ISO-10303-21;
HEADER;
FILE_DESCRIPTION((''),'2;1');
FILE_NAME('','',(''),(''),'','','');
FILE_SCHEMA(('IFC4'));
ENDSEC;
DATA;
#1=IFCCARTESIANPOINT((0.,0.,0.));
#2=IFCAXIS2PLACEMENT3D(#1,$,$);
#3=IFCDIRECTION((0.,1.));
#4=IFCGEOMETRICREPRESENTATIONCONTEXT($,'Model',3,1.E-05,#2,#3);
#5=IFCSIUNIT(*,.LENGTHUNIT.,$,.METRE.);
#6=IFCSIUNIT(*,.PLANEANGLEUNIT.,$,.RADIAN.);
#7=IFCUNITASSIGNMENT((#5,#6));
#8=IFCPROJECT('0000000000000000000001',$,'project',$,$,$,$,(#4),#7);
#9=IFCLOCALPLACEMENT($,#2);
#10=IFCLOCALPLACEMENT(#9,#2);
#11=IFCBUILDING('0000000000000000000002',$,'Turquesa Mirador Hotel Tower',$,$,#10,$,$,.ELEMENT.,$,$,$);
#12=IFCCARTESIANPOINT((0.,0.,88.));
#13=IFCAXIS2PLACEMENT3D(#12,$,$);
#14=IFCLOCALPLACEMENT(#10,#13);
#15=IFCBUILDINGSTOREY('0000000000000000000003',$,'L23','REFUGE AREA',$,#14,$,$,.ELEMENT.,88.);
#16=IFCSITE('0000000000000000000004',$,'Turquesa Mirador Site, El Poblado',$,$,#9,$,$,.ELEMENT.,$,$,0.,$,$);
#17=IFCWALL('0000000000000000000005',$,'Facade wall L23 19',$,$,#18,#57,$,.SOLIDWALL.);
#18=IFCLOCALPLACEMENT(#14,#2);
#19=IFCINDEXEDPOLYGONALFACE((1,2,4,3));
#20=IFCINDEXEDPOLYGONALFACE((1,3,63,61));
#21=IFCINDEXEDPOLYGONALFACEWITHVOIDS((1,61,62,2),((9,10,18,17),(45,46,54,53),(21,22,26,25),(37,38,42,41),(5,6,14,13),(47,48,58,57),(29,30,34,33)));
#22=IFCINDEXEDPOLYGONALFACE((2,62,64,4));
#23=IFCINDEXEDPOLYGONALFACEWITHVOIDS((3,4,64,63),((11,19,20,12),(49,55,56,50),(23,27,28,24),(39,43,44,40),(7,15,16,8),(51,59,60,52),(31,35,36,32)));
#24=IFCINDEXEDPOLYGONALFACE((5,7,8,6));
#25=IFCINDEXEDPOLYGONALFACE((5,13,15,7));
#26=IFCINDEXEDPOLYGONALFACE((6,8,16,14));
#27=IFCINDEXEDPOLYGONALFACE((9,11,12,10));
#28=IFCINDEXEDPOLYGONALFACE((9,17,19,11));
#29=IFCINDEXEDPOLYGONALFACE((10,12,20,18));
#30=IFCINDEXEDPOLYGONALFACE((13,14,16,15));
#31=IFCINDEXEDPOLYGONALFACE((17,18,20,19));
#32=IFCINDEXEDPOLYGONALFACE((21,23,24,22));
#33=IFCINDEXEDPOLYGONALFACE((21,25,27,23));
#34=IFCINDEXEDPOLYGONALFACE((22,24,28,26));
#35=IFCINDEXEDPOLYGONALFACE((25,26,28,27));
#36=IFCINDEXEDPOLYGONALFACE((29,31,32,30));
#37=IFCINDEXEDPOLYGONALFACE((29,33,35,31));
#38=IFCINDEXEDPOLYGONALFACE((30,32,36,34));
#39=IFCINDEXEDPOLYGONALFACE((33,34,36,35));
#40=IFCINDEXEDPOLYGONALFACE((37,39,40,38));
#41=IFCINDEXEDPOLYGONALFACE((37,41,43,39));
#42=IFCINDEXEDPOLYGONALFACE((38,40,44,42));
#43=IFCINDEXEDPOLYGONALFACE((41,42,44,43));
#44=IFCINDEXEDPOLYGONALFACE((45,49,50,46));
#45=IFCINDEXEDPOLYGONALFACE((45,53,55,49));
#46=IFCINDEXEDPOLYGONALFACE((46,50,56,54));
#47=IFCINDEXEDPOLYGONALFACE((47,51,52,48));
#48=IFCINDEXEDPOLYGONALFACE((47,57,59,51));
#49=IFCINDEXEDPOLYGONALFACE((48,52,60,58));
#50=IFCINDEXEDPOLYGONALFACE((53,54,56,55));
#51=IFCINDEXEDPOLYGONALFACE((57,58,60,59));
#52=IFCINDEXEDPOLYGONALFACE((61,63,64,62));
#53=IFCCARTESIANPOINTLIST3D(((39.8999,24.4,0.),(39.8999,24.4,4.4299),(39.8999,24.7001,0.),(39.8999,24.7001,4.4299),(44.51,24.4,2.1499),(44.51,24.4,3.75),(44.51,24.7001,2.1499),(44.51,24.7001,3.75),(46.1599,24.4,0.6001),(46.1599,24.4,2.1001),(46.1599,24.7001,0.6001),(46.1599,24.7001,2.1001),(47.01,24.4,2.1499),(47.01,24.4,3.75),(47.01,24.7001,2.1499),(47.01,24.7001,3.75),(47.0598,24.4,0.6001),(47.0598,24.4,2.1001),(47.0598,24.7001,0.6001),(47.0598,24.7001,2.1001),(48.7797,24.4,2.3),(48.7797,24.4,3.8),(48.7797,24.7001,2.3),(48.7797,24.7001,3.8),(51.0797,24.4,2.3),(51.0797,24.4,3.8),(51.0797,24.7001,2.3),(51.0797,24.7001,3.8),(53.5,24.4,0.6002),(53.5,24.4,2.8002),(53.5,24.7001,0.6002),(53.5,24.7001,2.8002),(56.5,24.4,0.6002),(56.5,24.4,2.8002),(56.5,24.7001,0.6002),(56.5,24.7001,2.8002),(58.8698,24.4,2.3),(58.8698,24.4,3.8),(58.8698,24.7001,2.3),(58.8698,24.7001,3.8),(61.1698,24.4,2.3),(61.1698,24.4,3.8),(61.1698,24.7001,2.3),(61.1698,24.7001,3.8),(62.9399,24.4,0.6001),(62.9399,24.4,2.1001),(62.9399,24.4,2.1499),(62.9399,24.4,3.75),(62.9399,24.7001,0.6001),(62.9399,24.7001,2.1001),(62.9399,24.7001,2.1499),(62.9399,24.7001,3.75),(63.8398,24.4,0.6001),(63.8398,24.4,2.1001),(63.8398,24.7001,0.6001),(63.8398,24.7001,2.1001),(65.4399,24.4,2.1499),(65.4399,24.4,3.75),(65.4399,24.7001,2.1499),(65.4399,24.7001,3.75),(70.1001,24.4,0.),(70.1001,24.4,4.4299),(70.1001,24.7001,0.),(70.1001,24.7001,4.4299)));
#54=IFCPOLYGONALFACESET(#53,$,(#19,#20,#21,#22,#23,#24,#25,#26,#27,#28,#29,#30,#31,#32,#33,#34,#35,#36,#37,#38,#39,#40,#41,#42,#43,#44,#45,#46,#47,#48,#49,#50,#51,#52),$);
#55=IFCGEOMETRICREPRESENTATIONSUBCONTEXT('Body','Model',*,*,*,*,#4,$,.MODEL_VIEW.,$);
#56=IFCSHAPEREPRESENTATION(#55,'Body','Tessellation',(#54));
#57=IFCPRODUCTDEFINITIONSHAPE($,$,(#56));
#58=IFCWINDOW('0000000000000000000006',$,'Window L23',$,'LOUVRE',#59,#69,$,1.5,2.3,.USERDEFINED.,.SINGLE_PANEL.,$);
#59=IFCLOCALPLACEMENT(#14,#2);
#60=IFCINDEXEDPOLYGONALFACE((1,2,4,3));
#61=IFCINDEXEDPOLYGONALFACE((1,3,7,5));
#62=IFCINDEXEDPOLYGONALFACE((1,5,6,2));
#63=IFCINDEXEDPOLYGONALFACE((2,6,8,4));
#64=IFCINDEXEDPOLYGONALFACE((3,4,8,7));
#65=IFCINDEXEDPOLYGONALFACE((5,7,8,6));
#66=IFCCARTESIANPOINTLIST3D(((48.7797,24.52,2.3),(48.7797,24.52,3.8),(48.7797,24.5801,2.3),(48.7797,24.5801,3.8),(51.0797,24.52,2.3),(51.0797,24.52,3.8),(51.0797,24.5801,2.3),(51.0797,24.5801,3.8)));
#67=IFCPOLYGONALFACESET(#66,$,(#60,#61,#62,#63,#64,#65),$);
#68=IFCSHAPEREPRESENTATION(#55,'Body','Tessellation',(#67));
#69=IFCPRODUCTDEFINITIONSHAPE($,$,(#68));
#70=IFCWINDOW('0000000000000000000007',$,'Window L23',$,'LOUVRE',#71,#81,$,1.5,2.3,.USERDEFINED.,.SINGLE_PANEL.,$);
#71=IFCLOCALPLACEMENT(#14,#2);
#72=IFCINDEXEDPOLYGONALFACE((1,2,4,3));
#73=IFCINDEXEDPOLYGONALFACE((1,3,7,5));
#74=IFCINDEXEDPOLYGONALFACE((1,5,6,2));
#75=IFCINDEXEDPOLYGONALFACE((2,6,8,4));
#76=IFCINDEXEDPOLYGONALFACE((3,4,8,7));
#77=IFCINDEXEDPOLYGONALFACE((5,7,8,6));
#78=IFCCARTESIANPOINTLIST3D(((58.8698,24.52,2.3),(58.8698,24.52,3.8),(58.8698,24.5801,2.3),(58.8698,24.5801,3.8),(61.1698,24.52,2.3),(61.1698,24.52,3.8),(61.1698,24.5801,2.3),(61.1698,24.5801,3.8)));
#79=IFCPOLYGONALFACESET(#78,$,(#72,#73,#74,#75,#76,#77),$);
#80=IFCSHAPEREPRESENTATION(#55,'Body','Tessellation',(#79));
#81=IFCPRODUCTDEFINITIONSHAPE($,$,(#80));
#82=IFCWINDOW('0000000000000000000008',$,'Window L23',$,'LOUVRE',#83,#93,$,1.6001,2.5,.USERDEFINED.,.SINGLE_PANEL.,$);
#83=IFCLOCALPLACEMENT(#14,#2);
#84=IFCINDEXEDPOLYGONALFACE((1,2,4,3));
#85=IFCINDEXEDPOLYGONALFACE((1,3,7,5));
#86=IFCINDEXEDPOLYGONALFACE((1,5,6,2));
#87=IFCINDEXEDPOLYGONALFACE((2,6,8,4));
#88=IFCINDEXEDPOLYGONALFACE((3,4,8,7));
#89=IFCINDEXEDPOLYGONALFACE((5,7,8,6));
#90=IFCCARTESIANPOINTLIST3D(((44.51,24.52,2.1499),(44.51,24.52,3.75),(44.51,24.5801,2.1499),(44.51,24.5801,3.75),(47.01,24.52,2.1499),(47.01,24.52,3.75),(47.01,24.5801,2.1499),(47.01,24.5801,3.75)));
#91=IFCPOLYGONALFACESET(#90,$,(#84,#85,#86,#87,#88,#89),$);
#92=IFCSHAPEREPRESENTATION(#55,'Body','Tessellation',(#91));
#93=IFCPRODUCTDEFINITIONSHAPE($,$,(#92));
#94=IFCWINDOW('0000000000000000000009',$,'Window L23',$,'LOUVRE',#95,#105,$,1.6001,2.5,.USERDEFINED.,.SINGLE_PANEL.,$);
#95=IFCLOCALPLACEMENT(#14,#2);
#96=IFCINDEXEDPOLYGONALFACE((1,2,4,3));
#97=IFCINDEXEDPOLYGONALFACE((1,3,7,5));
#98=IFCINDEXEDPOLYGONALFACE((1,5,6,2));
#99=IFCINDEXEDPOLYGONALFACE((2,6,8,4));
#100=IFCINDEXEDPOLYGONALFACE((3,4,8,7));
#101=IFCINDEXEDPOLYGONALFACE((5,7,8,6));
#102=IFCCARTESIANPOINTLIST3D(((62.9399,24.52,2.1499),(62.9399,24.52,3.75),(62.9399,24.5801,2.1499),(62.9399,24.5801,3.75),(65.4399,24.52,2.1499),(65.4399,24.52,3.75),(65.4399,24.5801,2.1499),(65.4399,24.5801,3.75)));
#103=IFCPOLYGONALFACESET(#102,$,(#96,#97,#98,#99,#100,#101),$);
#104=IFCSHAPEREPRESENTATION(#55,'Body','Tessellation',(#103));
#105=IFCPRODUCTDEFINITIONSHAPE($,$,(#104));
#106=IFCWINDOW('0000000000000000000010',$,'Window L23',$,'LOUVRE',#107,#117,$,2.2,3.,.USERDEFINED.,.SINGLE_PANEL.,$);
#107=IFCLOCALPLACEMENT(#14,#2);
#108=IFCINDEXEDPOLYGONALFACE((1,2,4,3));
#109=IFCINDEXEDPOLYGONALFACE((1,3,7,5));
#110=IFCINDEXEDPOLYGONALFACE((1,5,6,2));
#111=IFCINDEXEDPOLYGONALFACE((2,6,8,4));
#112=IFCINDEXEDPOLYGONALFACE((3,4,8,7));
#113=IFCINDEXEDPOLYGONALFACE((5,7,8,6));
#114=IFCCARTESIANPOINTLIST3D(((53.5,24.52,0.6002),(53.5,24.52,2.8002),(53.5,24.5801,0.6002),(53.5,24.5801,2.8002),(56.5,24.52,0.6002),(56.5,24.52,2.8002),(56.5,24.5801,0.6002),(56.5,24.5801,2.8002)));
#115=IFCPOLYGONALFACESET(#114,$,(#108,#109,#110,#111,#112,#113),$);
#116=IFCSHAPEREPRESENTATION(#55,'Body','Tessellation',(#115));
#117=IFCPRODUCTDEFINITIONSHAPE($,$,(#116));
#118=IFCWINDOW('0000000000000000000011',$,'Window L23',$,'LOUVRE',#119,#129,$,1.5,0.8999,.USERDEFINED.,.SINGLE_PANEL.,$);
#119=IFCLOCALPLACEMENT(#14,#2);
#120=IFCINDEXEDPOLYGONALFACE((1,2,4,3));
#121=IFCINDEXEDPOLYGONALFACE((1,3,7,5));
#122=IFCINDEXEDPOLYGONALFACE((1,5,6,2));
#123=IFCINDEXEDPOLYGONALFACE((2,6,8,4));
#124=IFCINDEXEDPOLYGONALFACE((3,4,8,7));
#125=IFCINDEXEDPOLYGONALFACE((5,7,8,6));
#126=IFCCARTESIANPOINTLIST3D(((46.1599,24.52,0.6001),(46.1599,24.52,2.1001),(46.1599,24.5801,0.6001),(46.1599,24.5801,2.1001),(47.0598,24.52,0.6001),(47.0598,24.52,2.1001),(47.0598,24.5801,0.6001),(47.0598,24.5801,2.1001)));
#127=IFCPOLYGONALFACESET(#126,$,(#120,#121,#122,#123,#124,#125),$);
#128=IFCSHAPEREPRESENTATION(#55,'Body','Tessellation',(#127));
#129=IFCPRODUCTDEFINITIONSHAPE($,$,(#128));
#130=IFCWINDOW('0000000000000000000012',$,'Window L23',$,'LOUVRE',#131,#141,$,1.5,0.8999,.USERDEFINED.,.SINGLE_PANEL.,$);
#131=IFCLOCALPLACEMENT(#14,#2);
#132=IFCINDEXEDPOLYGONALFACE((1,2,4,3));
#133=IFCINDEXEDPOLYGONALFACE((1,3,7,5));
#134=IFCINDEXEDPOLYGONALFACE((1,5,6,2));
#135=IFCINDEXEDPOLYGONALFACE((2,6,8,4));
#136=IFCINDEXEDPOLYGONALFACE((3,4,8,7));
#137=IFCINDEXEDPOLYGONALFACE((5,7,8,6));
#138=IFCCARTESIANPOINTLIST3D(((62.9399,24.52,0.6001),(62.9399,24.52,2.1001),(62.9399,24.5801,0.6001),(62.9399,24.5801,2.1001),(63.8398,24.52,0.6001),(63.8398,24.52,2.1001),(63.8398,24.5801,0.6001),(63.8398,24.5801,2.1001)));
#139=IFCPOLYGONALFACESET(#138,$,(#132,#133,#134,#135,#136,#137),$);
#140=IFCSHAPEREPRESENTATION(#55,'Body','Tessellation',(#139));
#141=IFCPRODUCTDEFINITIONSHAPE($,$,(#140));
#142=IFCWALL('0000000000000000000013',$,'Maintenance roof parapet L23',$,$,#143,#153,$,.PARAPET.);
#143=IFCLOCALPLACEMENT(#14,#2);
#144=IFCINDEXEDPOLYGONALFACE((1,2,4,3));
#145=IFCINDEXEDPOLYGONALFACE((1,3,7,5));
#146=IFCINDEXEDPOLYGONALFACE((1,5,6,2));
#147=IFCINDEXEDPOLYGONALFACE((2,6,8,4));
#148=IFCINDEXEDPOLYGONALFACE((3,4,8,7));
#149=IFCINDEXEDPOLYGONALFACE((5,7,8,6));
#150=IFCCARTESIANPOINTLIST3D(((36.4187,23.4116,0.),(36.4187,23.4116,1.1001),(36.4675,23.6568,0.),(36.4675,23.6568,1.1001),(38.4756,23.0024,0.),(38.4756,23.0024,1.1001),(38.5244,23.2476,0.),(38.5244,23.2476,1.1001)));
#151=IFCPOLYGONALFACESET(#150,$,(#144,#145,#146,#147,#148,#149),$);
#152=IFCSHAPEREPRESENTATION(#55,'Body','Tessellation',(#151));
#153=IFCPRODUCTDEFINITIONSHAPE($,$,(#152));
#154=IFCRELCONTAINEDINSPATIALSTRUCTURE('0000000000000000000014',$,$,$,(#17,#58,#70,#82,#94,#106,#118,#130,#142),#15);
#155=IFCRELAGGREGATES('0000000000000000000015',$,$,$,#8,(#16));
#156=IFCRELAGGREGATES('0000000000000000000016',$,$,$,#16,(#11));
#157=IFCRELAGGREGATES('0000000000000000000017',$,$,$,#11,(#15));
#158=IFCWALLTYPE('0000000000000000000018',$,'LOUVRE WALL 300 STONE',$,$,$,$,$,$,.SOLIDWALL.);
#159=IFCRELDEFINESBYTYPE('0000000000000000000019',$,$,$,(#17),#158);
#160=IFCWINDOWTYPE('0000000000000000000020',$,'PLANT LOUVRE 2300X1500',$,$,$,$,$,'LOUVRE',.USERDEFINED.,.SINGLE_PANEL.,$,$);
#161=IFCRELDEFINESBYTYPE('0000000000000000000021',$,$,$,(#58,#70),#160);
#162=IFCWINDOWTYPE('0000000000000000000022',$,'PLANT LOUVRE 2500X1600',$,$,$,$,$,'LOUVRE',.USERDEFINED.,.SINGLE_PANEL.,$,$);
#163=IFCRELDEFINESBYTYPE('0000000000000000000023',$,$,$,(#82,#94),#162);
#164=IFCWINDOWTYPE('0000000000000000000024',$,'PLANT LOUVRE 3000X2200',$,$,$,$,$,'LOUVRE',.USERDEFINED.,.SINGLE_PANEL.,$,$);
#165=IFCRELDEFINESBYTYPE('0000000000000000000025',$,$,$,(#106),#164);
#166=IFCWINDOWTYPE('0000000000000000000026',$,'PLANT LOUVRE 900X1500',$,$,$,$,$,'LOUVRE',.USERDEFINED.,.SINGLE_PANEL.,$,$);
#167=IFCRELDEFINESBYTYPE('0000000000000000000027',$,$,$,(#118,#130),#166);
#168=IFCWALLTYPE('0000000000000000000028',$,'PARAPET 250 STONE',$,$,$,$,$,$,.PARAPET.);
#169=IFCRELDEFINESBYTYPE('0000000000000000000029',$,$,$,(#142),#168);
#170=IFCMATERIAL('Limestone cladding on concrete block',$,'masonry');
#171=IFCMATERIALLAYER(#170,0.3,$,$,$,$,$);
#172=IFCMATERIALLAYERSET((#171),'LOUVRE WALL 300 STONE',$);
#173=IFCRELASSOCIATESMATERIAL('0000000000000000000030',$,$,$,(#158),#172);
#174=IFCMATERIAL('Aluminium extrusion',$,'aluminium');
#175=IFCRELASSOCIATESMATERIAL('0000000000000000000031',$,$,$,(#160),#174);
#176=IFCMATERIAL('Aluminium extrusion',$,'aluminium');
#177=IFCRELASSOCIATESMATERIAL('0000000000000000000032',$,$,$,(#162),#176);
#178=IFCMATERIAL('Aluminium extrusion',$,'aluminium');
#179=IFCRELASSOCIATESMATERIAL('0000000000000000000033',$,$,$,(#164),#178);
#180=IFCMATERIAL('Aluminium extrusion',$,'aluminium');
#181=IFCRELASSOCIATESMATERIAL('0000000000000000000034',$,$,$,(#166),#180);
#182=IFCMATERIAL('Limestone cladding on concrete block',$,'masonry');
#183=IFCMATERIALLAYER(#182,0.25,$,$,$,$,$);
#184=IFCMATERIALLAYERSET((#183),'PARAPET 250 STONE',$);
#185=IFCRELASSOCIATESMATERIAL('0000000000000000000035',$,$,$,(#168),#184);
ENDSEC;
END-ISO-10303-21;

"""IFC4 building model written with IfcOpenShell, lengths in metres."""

from ifc_helpers import new_model, si_unit, direction, frame, frame_2d, origin, place, context, subcontext, project, spatial, rectangle, extrude, material, layer, layer_set, type_object, element, fill, save


model = new_model("IFC4")

# Units and contexts
model_context = context("Model", 3, precision=1e-05, world=origin(), true_north=direction((0.0, 1.0)))
body_context = subcontext(model_context, "Body", "Model", "MODEL_VIEW")
ifc_project = project(units=[si_unit("LENGTHUNIT", "METRE"), si_unit("PLANEANGLEUNIT", "RADIAN")], contexts=[model_context])

# Site, building, storey
site_placement = place(None, origin())
site = spatial("IfcSite", under=ifc_project, at=site_placement, Name="Turquesa Mirador Site, El Poblado", CompositionType="ELEMENT", RefElevation=0.0)
building_placement = place(site_placement, origin())
building = spatial("IfcBuilding", under=site, at=building_placement, Name="Turquesa Mirador Hotel Tower", CompositionType="ELEMENT")
storey_placement = place(building_placement, frame((0.0, 0.0, 88.0)))
storey = spatial("IfcBuildingStorey", under=building, at=storey_placement, Name="L23", Description="REFUGE AREA", CompositionType="ELEMENT", Elevation=88.0)

# Shared definitions
ifc_material_1 = material(Name="Limestone cladding on concrete block", Category="masonry")
ifc_layer_1 = layer(ifc_material_1, 0.3)
ifc_layer_set_1 = layer_set([ifc_layer_1], Name="LOUVRE WALL 300 STONE")
wall_type_1 = type_object("IfcWallType", Name="LOUVRE WALL 300 STONE", PredefinedType="SOLIDWALL", material=ifc_layer_set_1)

# Wall, openings, windows
wall_1_placement = place(storey_placement, frame((39.8999, 24.55, 0.0), z_axis=(0.0, 0.0, 1.0), x_axis=(1.0, 0.0, 0.0)))
wall_1 = element("IfcWall", 1, at=wall_1_placement, inside=storey, type_object=wall_type_1, Name="Facade wall L23 19", PredefinedType="SOLIDWALL", context=body_context, shape_type="SweptSolid", body=[
    extrude(rectangle(XDim=30.2002, YDim=0.3, at=frame_2d((15.1001, 0.0))), origin(), (0.0, 0.0, 1.0), 4.4299),
])
opening_1_placement = place(wall_1_placement, frame((4.6101, 0.0, 2.1499)))
opening_1 = element("IfcOpeningElement", 2, at=opening_1_placement, cuts=wall_1, PredefinedType="OPENING", context=body_context, shape_type="SweptSolid", body=[
    extrude(rectangle(XDim=2.5, YDim=1.6001, at=frame_2d((1.25, 0.8))), frame((0.0, 0.1599, 0.0), z_axis=(0.0, -1.0, 0.0), x_axis=(1.0, 0.0, 0.0)), (0.0, 0.0, 1.0), 0.3201),
])
opening_2_placement = place(wall_1_placement, frame((8.8799, 0.0, 2.3)))
opening_2 = element("IfcOpeningElement", 3, at=opening_2_placement, cuts=wall_1, PredefinedType="OPENING", context=body_context, shape_type="SweptSolid", body=[
    extrude(rectangle(XDim=2.3, YDim=1.5, at=frame_2d((1.1499, 0.75))), frame((0.0, 0.1599, 0.0), z_axis=(0.0, -1.0, 0.0), x_axis=(1.0, 0.0, 0.0)), (0.0, 0.0, 1.0), 0.3201),
])
opening_3_placement = place(wall_1_placement, frame((13.6001, 0.0, 0.6001)))
opening_3 = element("IfcOpeningElement", 4, at=opening_3_placement, cuts=wall_1, PredefinedType="OPENING", context=body_context, shape_type="SweptSolid", body=[
    extrude(rectangle(XDim=3.0, YDim=2.2, at=frame_2d((1.5, 1.1001))), frame((0.0, 0.1599, 0.0), z_axis=(0.0, -1.0, 0.0), x_axis=(1.0, 0.0, 0.0)), (0.0, 0.0, 1.0), 0.3201),
])
opening_4_placement = place(wall_1_placement, frame((18.97, 0.0, 2.3)))
opening_4 = element("IfcOpeningElement", 5, at=opening_4_placement, cuts=wall_1, PredefinedType="OPENING", context=body_context, shape_type="SweptSolid", body=[
    extrude(rectangle(XDim=2.3, YDim=1.5, at=frame_2d((1.1499, 0.75))), frame((0.0, 0.1599, 0.0), z_axis=(0.0, -1.0, 0.0), x_axis=(1.0, 0.0, 0.0)), (0.0, 0.0, 1.0), 0.3201),
])
opening_5_placement = place(wall_1_placement, frame((23.04, 0.0, 2.1499)))
opening_5 = element("IfcOpeningElement", 6, at=opening_5_placement, cuts=wall_1, PredefinedType="OPENING", context=body_context, shape_type="SweptSolid", body=[
    extrude(rectangle(XDim=2.5, YDim=1.6001, at=frame_2d((1.25, 0.8))), frame((0.0, 0.1599, 0.0), z_axis=(0.0, -1.0, 0.0), x_axis=(1.0, 0.0, 0.0)), (0.0, 0.0, 1.0), 0.3201),
])
opening_6_placement = place(wall_1_placement, frame((6.26, 0.0, 0.6001)))
opening_6 = element("IfcOpeningElement", 7, at=opening_6_placement, cuts=wall_1, PredefinedType="OPENING", context=body_context, shape_type="SweptSolid", body=[
    extrude(rectangle(XDim=0.8999, YDim=1.5, at=frame_2d((0.45, 0.75))), frame((0.0, 0.1599, 0.0), z_axis=(0.0, -1.0, 0.0), x_axis=(1.0, 0.0, 0.0)), (0.0, 0.0, 1.0), 0.3201),
])
opening_7_placement = place(wall_1_placement, frame((23.04, 0.0, 0.6001)))
opening_7 = element("IfcOpeningElement", 8, at=opening_7_placement, cuts=wall_1, PredefinedType="OPENING", context=body_context, shape_type="SweptSolid", body=[
    extrude(rectangle(XDim=0.8999, YDim=1.5, at=frame_2d((0.45, 0.75))), frame((0.0, 0.1599, 0.0), z_axis=(0.0, -1.0, 0.0), x_axis=(1.0, 0.0, 0.0)), (0.0, 0.0, 1.0), 0.3201),
])
ifc_material_2 = material(Name="Aluminium extrusion", Category="aluminium")
window_type_1 = type_object("IfcWindowType", Name="PLANT LOUVRE 2300X1500", ElementType="LOUVRE", PartitioningType="SINGLE_PANEL", PredefinedType="USERDEFINED", material=ifc_material_2)
window_1_placement = place(opening_2_placement, origin())
window_1 = element("IfcWindow", 9, at=window_1_placement, inside=storey, type_object=window_type_1, Name="Window L23", ObjectType="LOUVRE", OverallHeight=1.5, OverallWidth=2.3, PartitioningType="SINGLE_PANEL", PredefinedType="USERDEFINED", context=body_context, shape_type="SweptSolid", body=[
    extrude(rectangle(XDim=2.3, YDim=1.5, at=frame_2d((1.1499, 0.75))), frame((0.0, 0.03, 0.0), z_axis=(0.0, -1.0, 0.0), x_axis=(1.0, 0.0, 0.0)), (0.0, 0.0, 1.0), 0.0601),
])
fill(opening_2, window_1)
window_2_placement = place(opening_4_placement, origin())
window_2 = element("IfcWindow", 10, at=window_2_placement, inside=storey, type_object=window_type_1, Name="Window L23", ObjectType="LOUVRE", OverallHeight=1.5, OverallWidth=2.3, PartitioningType="SINGLE_PANEL", PredefinedType="USERDEFINED", context=body_context, shape_type="SweptSolid", body=[
    extrude(rectangle(XDim=2.3, YDim=1.5, at=frame_2d((1.1499, 0.75))), frame((0.0, 0.03, 0.0), z_axis=(0.0, -1.0, 0.0), x_axis=(1.0, 0.0, 0.0)), (0.0, 0.0, 1.0), 0.0601),
])
fill(opening_4, window_2)
ifc_material_3 = material(Name="Aluminium extrusion", Category="aluminium")
window_type_2 = type_object("IfcWindowType", Name="PLANT LOUVRE 2500X1600", ElementType="LOUVRE", PartitioningType="SINGLE_PANEL", PredefinedType="USERDEFINED", material=ifc_material_3)
window_3_placement = place(opening_1_placement, origin())
window_3 = element("IfcWindow", 11, at=window_3_placement, inside=storey, type_object=window_type_2, Name="Window L23", ObjectType="LOUVRE", OverallHeight=1.6001, OverallWidth=2.5, PartitioningType="SINGLE_PANEL", PredefinedType="USERDEFINED", context=body_context, shape_type="SweptSolid", body=[
    extrude(rectangle(XDim=2.5, YDim=1.6001, at=frame_2d((1.25, 0.8))), frame((0.0, 0.03, 0.0), z_axis=(0.0, -1.0, 0.0), x_axis=(1.0, 0.0, 0.0)), (0.0, 0.0, 1.0), 0.0601),
])
fill(opening_1, window_3)
window_4_placement = place(opening_5_placement, origin())
window_4 = element("IfcWindow", 12, at=window_4_placement, inside=storey, type_object=window_type_2, Name="Window L23", ObjectType="LOUVRE", OverallHeight=1.6001, OverallWidth=2.5, PartitioningType="SINGLE_PANEL", PredefinedType="USERDEFINED", context=body_context, shape_type="SweptSolid", body=[
    extrude(rectangle(XDim=2.5, YDim=1.6001, at=frame_2d((1.25, 0.8))), frame((0.0, 0.03, 0.0), z_axis=(0.0, -1.0, 0.0), x_axis=(1.0, 0.0, 0.0)), (0.0, 0.0, 1.0), 0.0601),
])
fill(opening_5, window_4)
ifc_material_4 = material(Name="Aluminium extrusion", Category="aluminium")
window_type_3 = type_object("IfcWindowType", Name="PLANT LOUVRE 3000X2200", ElementType="LOUVRE", PartitioningType="SINGLE_PANEL", PredefinedType="USERDEFINED", material=ifc_material_4)
window_5_placement = place(opening_3_placement, origin())
window_5 = element("IfcWindow", 13, at=window_5_placement, inside=storey, type_object=window_type_3, Name="Window L23", ObjectType="LOUVRE", OverallHeight=2.2, OverallWidth=3.0, PartitioningType="SINGLE_PANEL", PredefinedType="USERDEFINED", context=body_context, shape_type="SweptSolid", body=[
    extrude(rectangle(XDim=3.0, YDim=2.2, at=frame_2d((1.5, 1.1001))), frame((0.0, 0.03, 0.0), z_axis=(0.0, -1.0, 0.0), x_axis=(1.0, 0.0, 0.0)), (0.0, 0.0, 1.0), 0.0601),
])
fill(opening_3, window_5)
ifc_material_5 = material(Name="Aluminium extrusion", Category="aluminium")
window_type_4 = type_object("IfcWindowType", Name="PLANT LOUVRE 900X1500", ElementType="LOUVRE", PartitioningType="SINGLE_PANEL", PredefinedType="USERDEFINED", material=ifc_material_5)
window_6_placement = place(opening_6_placement, origin())
window_6 = element("IfcWindow", 14, at=window_6_placement, inside=storey, type_object=window_type_4, Name="Window L23", ObjectType="LOUVRE", OverallHeight=1.5, OverallWidth=0.8999, PartitioningType="SINGLE_PANEL", PredefinedType="USERDEFINED", context=body_context, shape_type="SweptSolid", body=[
    extrude(rectangle(XDim=0.8999, YDim=1.5, at=frame_2d((0.45, 0.75))), frame((0.0, 0.03, 0.0), z_axis=(0.0, -1.0, 0.0), x_axis=(1.0, 0.0, 0.0)), (0.0, 0.0, 1.0), 0.0601),
])
fill(opening_6, window_6)
window_7_placement = place(opening_7_placement, origin())
window_7 = element("IfcWindow", 15, at=window_7_placement, inside=storey, type_object=window_type_4, Name="Window L23", ObjectType="LOUVRE", OverallHeight=1.5, OverallWidth=0.8999, PartitioningType="SINGLE_PANEL", PredefinedType="USERDEFINED", context=body_context, shape_type="SweptSolid", body=[
    extrude(rectangle(XDim=0.8999, YDim=1.5, at=frame_2d((0.45, 0.75))), frame((0.0, 0.03, 0.0), z_axis=(0.0, -1.0, 0.0), x_axis=(1.0, 0.0, 0.0)), (0.0, 0.0, 1.0), 0.0601),
])
fill(opening_7, window_7)

# Wall
ifc_material_6 = material(Name="Limestone cladding on concrete block", Category="masonry")
ifc_layer_2 = layer(ifc_material_6, 0.25)
ifc_layer_set_2 = layer_set([ifc_layer_2], Name="PARAPET 250 STONE")
wall_type_2 = type_object("IfcWallType", Name="PARAPET 250 STONE", PredefinedType="PARAPET", material=ifc_layer_set_2)
wall_2_placement = place(storey_placement, frame((36.4431, 23.5342, 0.0), z_axis=(0.0, 0.0, 1.0), x_axis=(0.980782, -0.195109, 0.0)))
element("IfcWall", 16, at=wall_2_placement, inside=storey, type_object=wall_type_2, Name="Maintenance roof parapet L23", PredefinedType="PARAPET", context=body_context, shape_type="SweptSolid", body=[
    extrude(rectangle(XDim=2.0972, YDim=0.25, at=frame_2d((1.0486, 0.0))), origin(), (0.0, 0.0, 1.0), 1.1001),
])

save(model, "model.ifc")
